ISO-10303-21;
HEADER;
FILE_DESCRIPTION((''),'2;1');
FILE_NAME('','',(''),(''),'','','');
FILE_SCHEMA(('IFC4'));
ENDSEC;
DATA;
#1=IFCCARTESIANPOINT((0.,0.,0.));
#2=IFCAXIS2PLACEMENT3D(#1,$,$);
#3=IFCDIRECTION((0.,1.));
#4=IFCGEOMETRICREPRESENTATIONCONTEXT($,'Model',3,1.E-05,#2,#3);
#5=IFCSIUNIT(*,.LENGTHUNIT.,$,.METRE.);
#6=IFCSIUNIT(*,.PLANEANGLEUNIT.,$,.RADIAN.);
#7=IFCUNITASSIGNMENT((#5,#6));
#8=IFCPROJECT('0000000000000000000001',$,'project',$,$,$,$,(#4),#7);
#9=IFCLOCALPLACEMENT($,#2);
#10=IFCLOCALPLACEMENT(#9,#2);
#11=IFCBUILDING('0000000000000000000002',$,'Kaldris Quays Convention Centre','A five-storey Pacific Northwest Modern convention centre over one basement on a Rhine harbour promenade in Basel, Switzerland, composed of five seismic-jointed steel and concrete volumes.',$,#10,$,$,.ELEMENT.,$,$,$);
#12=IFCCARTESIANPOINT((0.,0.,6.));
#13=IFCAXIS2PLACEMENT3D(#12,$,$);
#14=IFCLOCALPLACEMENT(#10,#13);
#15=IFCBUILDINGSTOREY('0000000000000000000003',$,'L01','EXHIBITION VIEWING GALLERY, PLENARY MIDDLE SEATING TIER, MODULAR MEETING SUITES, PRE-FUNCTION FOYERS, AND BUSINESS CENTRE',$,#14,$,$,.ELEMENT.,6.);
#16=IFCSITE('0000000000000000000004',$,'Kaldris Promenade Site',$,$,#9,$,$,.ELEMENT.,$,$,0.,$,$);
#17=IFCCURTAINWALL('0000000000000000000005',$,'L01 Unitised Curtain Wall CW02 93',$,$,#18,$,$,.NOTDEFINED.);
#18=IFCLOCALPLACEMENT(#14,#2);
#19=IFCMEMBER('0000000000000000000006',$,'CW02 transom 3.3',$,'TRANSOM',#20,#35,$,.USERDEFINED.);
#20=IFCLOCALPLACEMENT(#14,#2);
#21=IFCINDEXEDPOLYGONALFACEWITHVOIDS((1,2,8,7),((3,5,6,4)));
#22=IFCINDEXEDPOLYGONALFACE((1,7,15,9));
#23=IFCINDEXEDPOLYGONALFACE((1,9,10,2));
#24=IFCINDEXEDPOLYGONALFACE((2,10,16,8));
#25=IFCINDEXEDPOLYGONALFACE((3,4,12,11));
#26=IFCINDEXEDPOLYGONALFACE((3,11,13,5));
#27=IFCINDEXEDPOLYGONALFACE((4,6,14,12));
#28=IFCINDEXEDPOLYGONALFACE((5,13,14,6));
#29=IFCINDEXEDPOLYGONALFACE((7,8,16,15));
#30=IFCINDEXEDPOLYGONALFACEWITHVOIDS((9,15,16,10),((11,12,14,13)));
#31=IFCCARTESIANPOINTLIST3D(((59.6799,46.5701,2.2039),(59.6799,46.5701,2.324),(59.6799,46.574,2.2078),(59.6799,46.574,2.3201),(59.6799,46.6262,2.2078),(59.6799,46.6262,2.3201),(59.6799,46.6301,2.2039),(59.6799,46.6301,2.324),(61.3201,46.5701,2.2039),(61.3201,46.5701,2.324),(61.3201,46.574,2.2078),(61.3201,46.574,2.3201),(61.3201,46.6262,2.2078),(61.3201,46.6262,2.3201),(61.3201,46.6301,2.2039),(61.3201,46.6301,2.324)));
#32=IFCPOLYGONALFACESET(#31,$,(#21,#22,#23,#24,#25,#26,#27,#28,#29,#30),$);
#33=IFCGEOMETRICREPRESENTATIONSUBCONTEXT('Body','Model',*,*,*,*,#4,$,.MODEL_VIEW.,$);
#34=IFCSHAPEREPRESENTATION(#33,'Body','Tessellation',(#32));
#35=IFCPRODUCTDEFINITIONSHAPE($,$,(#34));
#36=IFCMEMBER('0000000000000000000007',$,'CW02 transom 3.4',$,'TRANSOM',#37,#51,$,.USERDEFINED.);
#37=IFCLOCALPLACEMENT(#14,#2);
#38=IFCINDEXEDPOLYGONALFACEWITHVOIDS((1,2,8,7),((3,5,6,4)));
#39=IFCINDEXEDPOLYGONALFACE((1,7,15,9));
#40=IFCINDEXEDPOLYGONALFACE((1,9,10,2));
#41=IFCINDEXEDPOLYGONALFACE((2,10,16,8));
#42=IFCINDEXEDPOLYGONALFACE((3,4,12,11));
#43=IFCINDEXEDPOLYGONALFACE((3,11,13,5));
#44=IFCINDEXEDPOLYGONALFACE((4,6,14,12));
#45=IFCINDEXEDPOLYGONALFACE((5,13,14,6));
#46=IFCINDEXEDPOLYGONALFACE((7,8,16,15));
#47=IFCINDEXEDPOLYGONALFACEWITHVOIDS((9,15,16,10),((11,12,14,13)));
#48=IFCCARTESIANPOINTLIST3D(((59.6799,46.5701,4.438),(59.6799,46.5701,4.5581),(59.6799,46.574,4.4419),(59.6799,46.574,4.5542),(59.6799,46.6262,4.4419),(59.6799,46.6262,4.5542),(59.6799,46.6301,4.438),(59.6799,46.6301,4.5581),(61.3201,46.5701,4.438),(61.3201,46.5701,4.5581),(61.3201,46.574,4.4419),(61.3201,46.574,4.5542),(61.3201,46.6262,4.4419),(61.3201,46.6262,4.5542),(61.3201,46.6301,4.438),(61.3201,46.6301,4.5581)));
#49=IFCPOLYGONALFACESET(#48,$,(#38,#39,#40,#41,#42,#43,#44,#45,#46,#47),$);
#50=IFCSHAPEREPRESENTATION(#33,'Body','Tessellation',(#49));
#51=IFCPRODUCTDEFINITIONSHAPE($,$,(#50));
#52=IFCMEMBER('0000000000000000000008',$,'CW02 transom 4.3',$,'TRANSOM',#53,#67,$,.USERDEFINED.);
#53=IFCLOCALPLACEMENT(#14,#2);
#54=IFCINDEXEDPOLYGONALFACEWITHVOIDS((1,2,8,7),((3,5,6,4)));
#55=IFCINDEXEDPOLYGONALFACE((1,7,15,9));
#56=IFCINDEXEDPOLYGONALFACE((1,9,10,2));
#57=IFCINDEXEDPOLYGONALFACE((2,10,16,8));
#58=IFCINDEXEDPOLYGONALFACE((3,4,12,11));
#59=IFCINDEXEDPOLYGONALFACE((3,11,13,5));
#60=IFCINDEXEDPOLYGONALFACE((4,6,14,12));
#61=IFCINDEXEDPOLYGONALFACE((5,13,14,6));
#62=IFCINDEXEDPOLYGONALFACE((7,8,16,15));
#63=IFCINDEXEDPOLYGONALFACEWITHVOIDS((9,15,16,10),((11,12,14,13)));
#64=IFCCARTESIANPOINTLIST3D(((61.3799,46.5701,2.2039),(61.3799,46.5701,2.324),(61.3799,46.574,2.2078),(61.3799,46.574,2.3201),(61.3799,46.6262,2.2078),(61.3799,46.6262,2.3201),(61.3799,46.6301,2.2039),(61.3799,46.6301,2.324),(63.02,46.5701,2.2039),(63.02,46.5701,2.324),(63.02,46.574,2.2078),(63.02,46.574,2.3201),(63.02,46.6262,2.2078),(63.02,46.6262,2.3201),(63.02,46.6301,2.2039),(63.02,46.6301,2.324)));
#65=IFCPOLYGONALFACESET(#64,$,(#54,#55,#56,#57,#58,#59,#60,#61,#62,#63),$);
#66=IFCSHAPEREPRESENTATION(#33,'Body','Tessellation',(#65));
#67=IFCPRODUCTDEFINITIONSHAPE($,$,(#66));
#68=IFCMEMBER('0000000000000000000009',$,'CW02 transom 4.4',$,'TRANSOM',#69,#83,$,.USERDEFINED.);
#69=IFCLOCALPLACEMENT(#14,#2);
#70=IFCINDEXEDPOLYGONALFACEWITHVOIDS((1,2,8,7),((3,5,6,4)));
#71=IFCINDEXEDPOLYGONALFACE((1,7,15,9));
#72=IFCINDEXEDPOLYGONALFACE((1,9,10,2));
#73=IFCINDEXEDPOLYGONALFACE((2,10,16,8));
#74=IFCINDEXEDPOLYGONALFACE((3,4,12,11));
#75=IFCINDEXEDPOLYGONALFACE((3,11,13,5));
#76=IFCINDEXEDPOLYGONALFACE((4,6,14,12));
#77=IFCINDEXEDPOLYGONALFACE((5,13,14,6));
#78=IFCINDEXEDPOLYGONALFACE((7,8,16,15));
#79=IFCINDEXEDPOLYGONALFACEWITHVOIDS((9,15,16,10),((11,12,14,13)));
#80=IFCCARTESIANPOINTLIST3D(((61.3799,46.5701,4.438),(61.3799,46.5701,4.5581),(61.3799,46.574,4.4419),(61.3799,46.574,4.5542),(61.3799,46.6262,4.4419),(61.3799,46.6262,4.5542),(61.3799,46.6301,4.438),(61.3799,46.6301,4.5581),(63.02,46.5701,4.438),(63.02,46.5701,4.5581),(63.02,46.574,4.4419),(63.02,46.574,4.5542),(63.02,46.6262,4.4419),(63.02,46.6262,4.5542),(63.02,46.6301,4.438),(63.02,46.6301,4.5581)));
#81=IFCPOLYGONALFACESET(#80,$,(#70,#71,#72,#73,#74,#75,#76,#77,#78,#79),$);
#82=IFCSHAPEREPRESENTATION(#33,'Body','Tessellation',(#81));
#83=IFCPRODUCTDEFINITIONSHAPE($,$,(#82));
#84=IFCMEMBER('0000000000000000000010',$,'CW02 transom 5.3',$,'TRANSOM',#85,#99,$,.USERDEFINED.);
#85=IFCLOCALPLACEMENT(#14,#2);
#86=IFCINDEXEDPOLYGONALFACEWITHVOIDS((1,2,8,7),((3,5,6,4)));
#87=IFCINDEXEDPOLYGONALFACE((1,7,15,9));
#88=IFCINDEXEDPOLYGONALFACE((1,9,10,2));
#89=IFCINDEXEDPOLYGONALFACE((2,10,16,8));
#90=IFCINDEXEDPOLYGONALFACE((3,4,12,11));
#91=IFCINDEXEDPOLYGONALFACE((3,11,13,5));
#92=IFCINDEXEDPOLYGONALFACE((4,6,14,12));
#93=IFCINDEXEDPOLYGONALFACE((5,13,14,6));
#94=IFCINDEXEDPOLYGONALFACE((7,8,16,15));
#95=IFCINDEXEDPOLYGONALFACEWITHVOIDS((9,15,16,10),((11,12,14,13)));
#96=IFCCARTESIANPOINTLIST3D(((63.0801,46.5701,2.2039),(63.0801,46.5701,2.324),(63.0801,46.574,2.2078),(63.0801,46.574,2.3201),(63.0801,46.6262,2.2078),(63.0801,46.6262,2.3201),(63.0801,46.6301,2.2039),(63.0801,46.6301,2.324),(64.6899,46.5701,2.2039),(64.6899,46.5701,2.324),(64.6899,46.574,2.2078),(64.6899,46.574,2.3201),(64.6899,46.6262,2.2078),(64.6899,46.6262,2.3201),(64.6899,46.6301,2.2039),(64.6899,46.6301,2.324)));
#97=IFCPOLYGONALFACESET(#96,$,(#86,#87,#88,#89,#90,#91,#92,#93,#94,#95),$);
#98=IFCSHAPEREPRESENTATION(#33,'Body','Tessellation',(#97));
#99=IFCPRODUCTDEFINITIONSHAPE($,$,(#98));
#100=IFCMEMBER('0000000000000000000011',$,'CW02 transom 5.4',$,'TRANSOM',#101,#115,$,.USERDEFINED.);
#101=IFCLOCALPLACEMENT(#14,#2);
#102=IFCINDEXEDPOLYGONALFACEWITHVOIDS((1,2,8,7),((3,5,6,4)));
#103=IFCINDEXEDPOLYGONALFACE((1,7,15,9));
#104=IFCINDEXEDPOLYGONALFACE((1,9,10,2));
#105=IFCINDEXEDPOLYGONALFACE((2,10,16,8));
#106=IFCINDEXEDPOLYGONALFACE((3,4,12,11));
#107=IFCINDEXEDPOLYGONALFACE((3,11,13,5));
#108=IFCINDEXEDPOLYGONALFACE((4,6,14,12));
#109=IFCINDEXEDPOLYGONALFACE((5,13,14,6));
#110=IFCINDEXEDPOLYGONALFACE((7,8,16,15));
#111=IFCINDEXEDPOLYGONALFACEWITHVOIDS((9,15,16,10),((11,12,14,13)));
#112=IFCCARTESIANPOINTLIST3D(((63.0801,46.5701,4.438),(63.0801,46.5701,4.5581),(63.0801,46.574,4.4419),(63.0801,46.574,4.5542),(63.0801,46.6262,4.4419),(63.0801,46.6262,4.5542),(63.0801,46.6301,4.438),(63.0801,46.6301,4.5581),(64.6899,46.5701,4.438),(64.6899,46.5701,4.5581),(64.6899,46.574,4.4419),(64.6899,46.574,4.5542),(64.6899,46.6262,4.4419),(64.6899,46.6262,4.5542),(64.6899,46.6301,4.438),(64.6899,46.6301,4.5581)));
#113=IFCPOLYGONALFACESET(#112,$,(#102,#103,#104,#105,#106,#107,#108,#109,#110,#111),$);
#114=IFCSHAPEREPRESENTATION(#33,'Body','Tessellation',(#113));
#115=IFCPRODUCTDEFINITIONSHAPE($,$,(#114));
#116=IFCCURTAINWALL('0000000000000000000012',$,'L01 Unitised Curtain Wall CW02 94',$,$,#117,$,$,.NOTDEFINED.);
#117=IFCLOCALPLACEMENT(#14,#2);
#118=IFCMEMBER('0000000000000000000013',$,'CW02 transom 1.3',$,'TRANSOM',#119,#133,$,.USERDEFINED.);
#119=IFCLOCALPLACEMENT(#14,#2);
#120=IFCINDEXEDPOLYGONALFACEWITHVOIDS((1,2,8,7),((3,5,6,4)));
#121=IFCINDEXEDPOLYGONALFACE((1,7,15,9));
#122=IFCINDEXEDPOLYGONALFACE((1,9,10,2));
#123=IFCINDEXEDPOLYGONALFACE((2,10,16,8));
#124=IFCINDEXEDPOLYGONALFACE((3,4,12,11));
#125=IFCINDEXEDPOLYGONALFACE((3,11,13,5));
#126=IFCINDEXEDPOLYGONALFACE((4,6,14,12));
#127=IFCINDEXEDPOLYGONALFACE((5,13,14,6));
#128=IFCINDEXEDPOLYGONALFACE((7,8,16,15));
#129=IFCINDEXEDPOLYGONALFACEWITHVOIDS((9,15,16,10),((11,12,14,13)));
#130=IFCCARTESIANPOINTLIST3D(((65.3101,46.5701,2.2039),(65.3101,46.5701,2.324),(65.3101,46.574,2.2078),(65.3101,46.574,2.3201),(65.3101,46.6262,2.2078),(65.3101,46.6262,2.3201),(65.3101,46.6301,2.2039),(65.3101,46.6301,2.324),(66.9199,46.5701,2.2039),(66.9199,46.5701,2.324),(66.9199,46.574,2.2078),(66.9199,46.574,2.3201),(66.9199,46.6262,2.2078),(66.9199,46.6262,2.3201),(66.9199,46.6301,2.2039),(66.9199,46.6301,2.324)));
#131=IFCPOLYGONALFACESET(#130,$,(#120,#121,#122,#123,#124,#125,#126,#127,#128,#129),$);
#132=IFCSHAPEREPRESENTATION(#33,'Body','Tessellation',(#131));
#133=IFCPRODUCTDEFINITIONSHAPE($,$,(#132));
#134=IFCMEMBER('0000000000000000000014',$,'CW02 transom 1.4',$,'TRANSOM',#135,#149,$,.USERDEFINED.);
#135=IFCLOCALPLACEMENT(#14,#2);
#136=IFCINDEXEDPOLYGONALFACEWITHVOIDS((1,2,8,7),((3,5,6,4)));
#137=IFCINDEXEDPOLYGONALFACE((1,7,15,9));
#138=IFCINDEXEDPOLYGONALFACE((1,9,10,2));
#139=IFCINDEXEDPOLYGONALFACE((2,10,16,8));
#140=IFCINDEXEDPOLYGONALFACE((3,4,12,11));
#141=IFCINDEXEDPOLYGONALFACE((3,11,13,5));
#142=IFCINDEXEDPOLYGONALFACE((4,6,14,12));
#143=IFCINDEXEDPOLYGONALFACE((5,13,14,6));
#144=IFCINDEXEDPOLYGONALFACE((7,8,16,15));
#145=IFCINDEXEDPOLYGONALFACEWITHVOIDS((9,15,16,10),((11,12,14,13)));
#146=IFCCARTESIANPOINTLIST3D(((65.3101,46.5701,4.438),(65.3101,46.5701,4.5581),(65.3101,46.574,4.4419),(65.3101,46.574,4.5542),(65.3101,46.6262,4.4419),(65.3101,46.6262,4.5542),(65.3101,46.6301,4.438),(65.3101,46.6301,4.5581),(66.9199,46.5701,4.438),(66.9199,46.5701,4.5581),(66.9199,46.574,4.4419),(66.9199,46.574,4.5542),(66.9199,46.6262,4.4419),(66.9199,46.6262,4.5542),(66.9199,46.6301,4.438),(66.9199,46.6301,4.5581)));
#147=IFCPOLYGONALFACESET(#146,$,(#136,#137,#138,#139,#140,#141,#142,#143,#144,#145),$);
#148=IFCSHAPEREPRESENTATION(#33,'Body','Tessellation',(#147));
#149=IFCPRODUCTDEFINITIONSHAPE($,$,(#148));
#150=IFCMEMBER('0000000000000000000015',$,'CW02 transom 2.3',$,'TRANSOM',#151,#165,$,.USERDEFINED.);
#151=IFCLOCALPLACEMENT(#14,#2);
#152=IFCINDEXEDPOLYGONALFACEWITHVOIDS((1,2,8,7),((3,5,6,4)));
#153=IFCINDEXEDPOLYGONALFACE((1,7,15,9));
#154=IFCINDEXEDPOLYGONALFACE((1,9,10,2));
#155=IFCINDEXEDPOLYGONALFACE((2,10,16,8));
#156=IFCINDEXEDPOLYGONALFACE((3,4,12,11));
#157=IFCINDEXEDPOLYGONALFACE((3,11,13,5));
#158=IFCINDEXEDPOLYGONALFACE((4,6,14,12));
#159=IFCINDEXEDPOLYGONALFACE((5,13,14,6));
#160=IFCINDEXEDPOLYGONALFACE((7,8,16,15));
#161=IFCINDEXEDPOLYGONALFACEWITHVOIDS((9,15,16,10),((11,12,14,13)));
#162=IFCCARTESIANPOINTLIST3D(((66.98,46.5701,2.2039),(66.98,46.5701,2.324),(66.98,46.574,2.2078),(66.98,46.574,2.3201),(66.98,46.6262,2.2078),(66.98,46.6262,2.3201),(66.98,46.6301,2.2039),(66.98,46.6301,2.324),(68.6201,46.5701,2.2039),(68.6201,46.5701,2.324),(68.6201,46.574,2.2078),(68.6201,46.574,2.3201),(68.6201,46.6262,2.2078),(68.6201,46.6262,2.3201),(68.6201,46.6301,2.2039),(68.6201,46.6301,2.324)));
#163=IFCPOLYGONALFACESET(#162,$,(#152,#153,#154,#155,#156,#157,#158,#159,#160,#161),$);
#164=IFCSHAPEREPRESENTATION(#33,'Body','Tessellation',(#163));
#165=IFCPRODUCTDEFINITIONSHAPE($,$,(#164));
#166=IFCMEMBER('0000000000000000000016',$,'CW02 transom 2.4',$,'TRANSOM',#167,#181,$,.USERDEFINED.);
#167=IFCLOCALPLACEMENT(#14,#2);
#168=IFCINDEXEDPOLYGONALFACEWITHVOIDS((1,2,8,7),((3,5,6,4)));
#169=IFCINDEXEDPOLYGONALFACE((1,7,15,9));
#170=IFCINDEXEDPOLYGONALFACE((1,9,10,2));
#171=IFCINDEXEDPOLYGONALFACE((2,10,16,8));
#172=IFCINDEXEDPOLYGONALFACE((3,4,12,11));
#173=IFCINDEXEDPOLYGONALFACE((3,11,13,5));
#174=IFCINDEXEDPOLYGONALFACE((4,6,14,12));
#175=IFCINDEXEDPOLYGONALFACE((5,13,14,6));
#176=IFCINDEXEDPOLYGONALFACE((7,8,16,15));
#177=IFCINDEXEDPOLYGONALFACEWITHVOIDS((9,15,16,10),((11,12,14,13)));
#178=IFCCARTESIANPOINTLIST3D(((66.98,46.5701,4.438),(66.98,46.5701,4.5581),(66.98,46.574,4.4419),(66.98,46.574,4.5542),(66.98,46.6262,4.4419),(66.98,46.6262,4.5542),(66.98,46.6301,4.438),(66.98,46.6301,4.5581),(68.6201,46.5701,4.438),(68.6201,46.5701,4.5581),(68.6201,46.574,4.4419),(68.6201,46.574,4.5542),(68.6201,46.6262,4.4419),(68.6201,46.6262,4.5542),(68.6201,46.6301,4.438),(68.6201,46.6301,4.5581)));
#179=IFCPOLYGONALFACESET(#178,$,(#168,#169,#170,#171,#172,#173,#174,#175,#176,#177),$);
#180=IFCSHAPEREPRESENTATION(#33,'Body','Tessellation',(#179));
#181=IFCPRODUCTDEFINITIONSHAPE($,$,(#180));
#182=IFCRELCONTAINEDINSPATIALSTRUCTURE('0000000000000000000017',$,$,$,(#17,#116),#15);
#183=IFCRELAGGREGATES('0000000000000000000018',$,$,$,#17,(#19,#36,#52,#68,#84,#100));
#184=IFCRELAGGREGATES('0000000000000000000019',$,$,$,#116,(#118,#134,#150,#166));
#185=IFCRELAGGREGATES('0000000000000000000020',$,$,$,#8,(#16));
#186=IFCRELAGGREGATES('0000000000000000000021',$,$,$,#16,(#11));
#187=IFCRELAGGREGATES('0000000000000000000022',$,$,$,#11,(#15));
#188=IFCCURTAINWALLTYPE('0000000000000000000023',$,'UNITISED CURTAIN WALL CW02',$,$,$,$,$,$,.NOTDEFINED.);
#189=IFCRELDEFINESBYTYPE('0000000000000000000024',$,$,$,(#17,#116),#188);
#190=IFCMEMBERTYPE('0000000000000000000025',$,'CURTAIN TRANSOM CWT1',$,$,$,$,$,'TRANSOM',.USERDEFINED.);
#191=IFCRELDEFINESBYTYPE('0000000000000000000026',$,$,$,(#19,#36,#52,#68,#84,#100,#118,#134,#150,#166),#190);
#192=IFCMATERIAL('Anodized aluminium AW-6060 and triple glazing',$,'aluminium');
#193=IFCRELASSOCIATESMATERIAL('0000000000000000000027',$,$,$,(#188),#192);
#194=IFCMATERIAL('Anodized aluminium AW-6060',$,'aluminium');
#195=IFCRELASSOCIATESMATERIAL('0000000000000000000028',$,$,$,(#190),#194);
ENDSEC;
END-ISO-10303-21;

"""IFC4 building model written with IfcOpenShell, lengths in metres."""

from ifc_helpers import new_model, si_unit, direction, frame, origin, origin_2d, place, context, subcontext, project, spatial, hollow_rectangle, extrude, material, material_profile, profile_set, type_object, element, aggregate, save


model = new_model("IFC4")

# Units and contexts
model_context = context("Model", 3, precision=1e-05, world=origin(), true_north=direction((0.0, 1.0)))
body_context = subcontext(model_context, "Body", "Model", "MODEL_VIEW")
ifc_project = project(units=[si_unit("LENGTHUNIT", "METRE"), si_unit("PLANEANGLEUNIT", "RADIAN")], contexts=[model_context])

# Site, building, storey
site_placement = place(None, origin())
site = spatial("IfcSite", under=ifc_project, at=site_placement, Name="Kaldris Promenade Site", CompositionType="ELEMENT", RefElevation=0.0)
building_placement = place(site_placement, origin())
building = spatial("IfcBuilding", under=site, at=building_placement, Name="Kaldris Quays Convention Centre", Description="A five-storey Pacific Northwest Modern convention centre over one basement on a Rhine harbour promenade in Basel, Switzerland, composed of five seismic-jointed steel and concrete volumes.", CompositionType="ELEMENT")
storey_placement = place(building_placement, frame((0.0, 0.0, 6.0)))
storey = spatial("IfcBuildingStorey", under=building, at=storey_placement, Name="L01", Description="EXHIBITION VIEWING GALLERY, PLENARY MIDDLE SEATING TIER, MODULAR MEETING SUITES, PRE-FUNCTION FOYERS, AND BUSINESS CENTRE", CompositionType="ELEMENT", Elevation=6.0)

# Curtain walls, members
ifc_material_1 = material(Name="Anodized aluminium AW-6060 and triple glazing", Category="aluminium")
curtain_wall_type = type_object("IfcCurtainWallType", Name="UNITISED CURTAIN WALL CW02", PredefinedType="NOTDEFINED", material=ifc_material_1)
curtain_wall_1_placement = place(storey_placement, origin())
curtain_wall_1 = element("IfcCurtainWall", 1, at=curtain_wall_1_placement, inside=storey, type_object=curtain_wall_type, Name="L01 Unitised Curtain Wall CW02 93", PredefinedType="NOTDEFINED")
ifc_material_2 = material(Name="Anodized aluminium AW-6060", Category="aluminium")
ifc_material_profile_1 = material_profile(ifc_material_2, hollow_rectangle(XDim=0.0601, YDim=0.1201, WallThickness=0.0039, at=origin_2d()), Name="RHS 120x60x4")
ifc_profile_set_1 = profile_set([ifc_material_profile_1], Name="Anodized aluminium AW-6060")
member_type = type_object("IfcMemberType", Name="CURTAIN TRANSOM CWT1", ElementType="TRANSOM", PredefinedType="USERDEFINED", material=ifc_profile_set_1)
member_1_placement = place(storey_placement, frame((59.6799, 46.6001, 2.2639), z_axis=(1.0, 0.0, 0.0), x_axis=(0.0, 1.0, 0.0)))
member_1 = element("IfcMember", 2, at=member_1_placement, type_object=member_type, Name="CW02 transom 3.3", ObjectType="TRANSOM", PredefinedType="USERDEFINED", context=body_context, shape_type="SweptSolid", body=[
    extrude(hollow_rectangle(XDim=0.0601, YDim=0.1201, WallThickness=0.0039, at=origin_2d()), origin(), (0.0, 0.0, 1.0), 1.6401),
])
member_2_placement = place(storey_placement, frame((59.6799, 46.6001, 4.498), z_axis=(1.0, 0.0, 0.0), x_axis=(0.0, 1.0, 0.0)))
member_2 = element("IfcMember", 3, at=member_2_placement, type_object=member_type, Name="CW02 transom 3.4", ObjectType="TRANSOM", PredefinedType="USERDEFINED", context=body_context, shape_type="SweptSolid", body=[
    extrude(hollow_rectangle(XDim=0.0601, YDim=0.1201, WallThickness=0.0039, at=origin_2d()), origin(), (0.0, 0.0, 1.0), 1.6401),
])
member_3_placement = place(storey_placement, frame((61.3799, 46.6001, 2.2639), z_axis=(1.0, 0.0, 0.0), x_axis=(0.0, 1.0, 0.0)))
member_3 = element("IfcMember", 4, at=member_3_placement, type_object=member_type, Name="CW02 transom 4.3", ObjectType="TRANSOM", PredefinedType="USERDEFINED", context=body_context, shape_type="SweptSolid", body=[
    extrude(hollow_rectangle(XDim=0.0601, YDim=0.1201, WallThickness=0.0039, at=origin_2d()), origin(), (0.0, 0.0, 1.0), 1.6401),
])
member_4_placement = place(storey_placement, frame((61.3799, 46.6001, 4.498), z_axis=(1.0, 0.0, 0.0), x_axis=(0.0, 1.0, 0.0)))
member_4 = element("IfcMember", 5, at=member_4_placement, type_object=member_type, Name="CW02 transom 4.4", ObjectType="TRANSOM", PredefinedType="USERDEFINED", context=body_context, shape_type="SweptSolid", body=[
    extrude(hollow_rectangle(XDim=0.0601, YDim=0.1201, WallThickness=0.0039, at=origin_2d()), origin(), (0.0, 0.0, 1.0), 1.6401),
])
member_5_placement = place(storey_placement, frame((63.0801, 46.6001, 2.2639), z_axis=(1.0, 0.0, 0.0), x_axis=(0.0, 1.0, 0.0)))
member_5 = element("IfcMember", 6, at=member_5_placement, type_object=member_type, Name="CW02 transom 5.3", ObjectType="TRANSOM", PredefinedType="USERDEFINED", context=body_context, shape_type="SweptSolid", body=[
    extrude(hollow_rectangle(XDim=0.0601, YDim=0.1201, WallThickness=0.0039, at=origin_2d()), origin(), (0.0, 0.0, 1.0), 1.6099),
])
member_6_placement = place(storey_placement, frame((63.0801, 46.6001, 4.498), z_axis=(1.0, 0.0, 0.0), x_axis=(0.0, 1.0, 0.0)))
member_6 = element("IfcMember", 7, at=member_6_placement, type_object=member_type, Name="CW02 transom 5.4", ObjectType="TRANSOM", PredefinedType="USERDEFINED", context=body_context, shape_type="SweptSolid", body=[
    extrude(hollow_rectangle(XDim=0.0601, YDim=0.1201, WallThickness=0.0039, at=origin_2d()), origin(), (0.0, 0.0, 1.0), 1.6099),
])
curtain_wall_2_placement = place(storey_placement, origin())
curtain_wall_2 = element("IfcCurtainWall", 8, at=curtain_wall_2_placement, inside=storey, type_object=curtain_wall_type, Name="L01 Unitised Curtain Wall CW02 94", PredefinedType="NOTDEFINED")
member_7_placement = place(storey_placement, frame((65.3101, 46.6001, 2.2639), z_axis=(1.0, 0.0, 0.0), x_axis=(0.0, 1.0, 0.0)))
member_7 = element("IfcMember", 9, at=member_7_placement, type_object=member_type, Name="CW02 transom 1.3", ObjectType="TRANSOM", PredefinedType="USERDEFINED", context=body_context, shape_type="SweptSolid", body=[
    extrude(hollow_rectangle(XDim=0.0601, YDim=0.1201, WallThickness=0.0039, at=origin_2d()), origin(), (0.0, 0.0, 1.0), 1.6099),
])
member_8_placement = place(storey_placement, frame((65.3101, 46.6001, 4.498), z_axis=(1.0, 0.0, 0.0), x_axis=(0.0, 1.0, 0.0)))
member_8 = element("IfcMember", 10, at=member_8_placement, type_object=member_type, Name="CW02 transom 1.4", ObjectType="TRANSOM", PredefinedType="USERDEFINED", context=body_context, shape_type="SweptSolid", body=[
    extrude(hollow_rectangle(XDim=0.0601, YDim=0.1201, WallThickness=0.0039, at=origin_2d()), origin(), (0.0, 0.0, 1.0), 1.6099),
])
member_9_placement = place(storey_placement, frame((66.98, 46.6001, 2.2639), z_axis=(1.0, 0.0, 0.0), x_axis=(0.0, 1.0, 0.0)))
member_9 = element("IfcMember", 11, at=member_9_placement, type_object=member_type, Name="CW02 transom 2.3", ObjectType="TRANSOM", PredefinedType="USERDEFINED", context=body_context, shape_type="SweptSolid", body=[
    extrude(hollow_rectangle(XDim=0.0601, YDim=0.1201, WallThickness=0.0039, at=origin_2d()), origin(), (0.0, 0.0, 1.0), 1.6401),
])
member_10_placement = place(storey_placement, frame((66.98, 46.6001, 4.498), z_axis=(1.0, 0.0, 0.0), x_axis=(0.0, 1.0, 0.0)))
member_10 = element("IfcMember", 12, at=member_10_placement, type_object=member_type, Name="CW02 transom 2.4", ObjectType="TRANSOM", PredefinedType="USERDEFINED", context=body_context, shape_type="SweptSolid", body=[
    extrude(hollow_rectangle(XDim=0.0601, YDim=0.1201, WallThickness=0.0039, at=origin_2d()), origin(), (0.0, 0.0, 1.0), 1.6401),
])

aggregate(curtain_wall_1, [member_1, member_2, member_3, member_4, member_5, member_6])
aggregate(curtain_wall_2, [member_7, member_8, member_9, member_10])

save(model, "model.ifc")
